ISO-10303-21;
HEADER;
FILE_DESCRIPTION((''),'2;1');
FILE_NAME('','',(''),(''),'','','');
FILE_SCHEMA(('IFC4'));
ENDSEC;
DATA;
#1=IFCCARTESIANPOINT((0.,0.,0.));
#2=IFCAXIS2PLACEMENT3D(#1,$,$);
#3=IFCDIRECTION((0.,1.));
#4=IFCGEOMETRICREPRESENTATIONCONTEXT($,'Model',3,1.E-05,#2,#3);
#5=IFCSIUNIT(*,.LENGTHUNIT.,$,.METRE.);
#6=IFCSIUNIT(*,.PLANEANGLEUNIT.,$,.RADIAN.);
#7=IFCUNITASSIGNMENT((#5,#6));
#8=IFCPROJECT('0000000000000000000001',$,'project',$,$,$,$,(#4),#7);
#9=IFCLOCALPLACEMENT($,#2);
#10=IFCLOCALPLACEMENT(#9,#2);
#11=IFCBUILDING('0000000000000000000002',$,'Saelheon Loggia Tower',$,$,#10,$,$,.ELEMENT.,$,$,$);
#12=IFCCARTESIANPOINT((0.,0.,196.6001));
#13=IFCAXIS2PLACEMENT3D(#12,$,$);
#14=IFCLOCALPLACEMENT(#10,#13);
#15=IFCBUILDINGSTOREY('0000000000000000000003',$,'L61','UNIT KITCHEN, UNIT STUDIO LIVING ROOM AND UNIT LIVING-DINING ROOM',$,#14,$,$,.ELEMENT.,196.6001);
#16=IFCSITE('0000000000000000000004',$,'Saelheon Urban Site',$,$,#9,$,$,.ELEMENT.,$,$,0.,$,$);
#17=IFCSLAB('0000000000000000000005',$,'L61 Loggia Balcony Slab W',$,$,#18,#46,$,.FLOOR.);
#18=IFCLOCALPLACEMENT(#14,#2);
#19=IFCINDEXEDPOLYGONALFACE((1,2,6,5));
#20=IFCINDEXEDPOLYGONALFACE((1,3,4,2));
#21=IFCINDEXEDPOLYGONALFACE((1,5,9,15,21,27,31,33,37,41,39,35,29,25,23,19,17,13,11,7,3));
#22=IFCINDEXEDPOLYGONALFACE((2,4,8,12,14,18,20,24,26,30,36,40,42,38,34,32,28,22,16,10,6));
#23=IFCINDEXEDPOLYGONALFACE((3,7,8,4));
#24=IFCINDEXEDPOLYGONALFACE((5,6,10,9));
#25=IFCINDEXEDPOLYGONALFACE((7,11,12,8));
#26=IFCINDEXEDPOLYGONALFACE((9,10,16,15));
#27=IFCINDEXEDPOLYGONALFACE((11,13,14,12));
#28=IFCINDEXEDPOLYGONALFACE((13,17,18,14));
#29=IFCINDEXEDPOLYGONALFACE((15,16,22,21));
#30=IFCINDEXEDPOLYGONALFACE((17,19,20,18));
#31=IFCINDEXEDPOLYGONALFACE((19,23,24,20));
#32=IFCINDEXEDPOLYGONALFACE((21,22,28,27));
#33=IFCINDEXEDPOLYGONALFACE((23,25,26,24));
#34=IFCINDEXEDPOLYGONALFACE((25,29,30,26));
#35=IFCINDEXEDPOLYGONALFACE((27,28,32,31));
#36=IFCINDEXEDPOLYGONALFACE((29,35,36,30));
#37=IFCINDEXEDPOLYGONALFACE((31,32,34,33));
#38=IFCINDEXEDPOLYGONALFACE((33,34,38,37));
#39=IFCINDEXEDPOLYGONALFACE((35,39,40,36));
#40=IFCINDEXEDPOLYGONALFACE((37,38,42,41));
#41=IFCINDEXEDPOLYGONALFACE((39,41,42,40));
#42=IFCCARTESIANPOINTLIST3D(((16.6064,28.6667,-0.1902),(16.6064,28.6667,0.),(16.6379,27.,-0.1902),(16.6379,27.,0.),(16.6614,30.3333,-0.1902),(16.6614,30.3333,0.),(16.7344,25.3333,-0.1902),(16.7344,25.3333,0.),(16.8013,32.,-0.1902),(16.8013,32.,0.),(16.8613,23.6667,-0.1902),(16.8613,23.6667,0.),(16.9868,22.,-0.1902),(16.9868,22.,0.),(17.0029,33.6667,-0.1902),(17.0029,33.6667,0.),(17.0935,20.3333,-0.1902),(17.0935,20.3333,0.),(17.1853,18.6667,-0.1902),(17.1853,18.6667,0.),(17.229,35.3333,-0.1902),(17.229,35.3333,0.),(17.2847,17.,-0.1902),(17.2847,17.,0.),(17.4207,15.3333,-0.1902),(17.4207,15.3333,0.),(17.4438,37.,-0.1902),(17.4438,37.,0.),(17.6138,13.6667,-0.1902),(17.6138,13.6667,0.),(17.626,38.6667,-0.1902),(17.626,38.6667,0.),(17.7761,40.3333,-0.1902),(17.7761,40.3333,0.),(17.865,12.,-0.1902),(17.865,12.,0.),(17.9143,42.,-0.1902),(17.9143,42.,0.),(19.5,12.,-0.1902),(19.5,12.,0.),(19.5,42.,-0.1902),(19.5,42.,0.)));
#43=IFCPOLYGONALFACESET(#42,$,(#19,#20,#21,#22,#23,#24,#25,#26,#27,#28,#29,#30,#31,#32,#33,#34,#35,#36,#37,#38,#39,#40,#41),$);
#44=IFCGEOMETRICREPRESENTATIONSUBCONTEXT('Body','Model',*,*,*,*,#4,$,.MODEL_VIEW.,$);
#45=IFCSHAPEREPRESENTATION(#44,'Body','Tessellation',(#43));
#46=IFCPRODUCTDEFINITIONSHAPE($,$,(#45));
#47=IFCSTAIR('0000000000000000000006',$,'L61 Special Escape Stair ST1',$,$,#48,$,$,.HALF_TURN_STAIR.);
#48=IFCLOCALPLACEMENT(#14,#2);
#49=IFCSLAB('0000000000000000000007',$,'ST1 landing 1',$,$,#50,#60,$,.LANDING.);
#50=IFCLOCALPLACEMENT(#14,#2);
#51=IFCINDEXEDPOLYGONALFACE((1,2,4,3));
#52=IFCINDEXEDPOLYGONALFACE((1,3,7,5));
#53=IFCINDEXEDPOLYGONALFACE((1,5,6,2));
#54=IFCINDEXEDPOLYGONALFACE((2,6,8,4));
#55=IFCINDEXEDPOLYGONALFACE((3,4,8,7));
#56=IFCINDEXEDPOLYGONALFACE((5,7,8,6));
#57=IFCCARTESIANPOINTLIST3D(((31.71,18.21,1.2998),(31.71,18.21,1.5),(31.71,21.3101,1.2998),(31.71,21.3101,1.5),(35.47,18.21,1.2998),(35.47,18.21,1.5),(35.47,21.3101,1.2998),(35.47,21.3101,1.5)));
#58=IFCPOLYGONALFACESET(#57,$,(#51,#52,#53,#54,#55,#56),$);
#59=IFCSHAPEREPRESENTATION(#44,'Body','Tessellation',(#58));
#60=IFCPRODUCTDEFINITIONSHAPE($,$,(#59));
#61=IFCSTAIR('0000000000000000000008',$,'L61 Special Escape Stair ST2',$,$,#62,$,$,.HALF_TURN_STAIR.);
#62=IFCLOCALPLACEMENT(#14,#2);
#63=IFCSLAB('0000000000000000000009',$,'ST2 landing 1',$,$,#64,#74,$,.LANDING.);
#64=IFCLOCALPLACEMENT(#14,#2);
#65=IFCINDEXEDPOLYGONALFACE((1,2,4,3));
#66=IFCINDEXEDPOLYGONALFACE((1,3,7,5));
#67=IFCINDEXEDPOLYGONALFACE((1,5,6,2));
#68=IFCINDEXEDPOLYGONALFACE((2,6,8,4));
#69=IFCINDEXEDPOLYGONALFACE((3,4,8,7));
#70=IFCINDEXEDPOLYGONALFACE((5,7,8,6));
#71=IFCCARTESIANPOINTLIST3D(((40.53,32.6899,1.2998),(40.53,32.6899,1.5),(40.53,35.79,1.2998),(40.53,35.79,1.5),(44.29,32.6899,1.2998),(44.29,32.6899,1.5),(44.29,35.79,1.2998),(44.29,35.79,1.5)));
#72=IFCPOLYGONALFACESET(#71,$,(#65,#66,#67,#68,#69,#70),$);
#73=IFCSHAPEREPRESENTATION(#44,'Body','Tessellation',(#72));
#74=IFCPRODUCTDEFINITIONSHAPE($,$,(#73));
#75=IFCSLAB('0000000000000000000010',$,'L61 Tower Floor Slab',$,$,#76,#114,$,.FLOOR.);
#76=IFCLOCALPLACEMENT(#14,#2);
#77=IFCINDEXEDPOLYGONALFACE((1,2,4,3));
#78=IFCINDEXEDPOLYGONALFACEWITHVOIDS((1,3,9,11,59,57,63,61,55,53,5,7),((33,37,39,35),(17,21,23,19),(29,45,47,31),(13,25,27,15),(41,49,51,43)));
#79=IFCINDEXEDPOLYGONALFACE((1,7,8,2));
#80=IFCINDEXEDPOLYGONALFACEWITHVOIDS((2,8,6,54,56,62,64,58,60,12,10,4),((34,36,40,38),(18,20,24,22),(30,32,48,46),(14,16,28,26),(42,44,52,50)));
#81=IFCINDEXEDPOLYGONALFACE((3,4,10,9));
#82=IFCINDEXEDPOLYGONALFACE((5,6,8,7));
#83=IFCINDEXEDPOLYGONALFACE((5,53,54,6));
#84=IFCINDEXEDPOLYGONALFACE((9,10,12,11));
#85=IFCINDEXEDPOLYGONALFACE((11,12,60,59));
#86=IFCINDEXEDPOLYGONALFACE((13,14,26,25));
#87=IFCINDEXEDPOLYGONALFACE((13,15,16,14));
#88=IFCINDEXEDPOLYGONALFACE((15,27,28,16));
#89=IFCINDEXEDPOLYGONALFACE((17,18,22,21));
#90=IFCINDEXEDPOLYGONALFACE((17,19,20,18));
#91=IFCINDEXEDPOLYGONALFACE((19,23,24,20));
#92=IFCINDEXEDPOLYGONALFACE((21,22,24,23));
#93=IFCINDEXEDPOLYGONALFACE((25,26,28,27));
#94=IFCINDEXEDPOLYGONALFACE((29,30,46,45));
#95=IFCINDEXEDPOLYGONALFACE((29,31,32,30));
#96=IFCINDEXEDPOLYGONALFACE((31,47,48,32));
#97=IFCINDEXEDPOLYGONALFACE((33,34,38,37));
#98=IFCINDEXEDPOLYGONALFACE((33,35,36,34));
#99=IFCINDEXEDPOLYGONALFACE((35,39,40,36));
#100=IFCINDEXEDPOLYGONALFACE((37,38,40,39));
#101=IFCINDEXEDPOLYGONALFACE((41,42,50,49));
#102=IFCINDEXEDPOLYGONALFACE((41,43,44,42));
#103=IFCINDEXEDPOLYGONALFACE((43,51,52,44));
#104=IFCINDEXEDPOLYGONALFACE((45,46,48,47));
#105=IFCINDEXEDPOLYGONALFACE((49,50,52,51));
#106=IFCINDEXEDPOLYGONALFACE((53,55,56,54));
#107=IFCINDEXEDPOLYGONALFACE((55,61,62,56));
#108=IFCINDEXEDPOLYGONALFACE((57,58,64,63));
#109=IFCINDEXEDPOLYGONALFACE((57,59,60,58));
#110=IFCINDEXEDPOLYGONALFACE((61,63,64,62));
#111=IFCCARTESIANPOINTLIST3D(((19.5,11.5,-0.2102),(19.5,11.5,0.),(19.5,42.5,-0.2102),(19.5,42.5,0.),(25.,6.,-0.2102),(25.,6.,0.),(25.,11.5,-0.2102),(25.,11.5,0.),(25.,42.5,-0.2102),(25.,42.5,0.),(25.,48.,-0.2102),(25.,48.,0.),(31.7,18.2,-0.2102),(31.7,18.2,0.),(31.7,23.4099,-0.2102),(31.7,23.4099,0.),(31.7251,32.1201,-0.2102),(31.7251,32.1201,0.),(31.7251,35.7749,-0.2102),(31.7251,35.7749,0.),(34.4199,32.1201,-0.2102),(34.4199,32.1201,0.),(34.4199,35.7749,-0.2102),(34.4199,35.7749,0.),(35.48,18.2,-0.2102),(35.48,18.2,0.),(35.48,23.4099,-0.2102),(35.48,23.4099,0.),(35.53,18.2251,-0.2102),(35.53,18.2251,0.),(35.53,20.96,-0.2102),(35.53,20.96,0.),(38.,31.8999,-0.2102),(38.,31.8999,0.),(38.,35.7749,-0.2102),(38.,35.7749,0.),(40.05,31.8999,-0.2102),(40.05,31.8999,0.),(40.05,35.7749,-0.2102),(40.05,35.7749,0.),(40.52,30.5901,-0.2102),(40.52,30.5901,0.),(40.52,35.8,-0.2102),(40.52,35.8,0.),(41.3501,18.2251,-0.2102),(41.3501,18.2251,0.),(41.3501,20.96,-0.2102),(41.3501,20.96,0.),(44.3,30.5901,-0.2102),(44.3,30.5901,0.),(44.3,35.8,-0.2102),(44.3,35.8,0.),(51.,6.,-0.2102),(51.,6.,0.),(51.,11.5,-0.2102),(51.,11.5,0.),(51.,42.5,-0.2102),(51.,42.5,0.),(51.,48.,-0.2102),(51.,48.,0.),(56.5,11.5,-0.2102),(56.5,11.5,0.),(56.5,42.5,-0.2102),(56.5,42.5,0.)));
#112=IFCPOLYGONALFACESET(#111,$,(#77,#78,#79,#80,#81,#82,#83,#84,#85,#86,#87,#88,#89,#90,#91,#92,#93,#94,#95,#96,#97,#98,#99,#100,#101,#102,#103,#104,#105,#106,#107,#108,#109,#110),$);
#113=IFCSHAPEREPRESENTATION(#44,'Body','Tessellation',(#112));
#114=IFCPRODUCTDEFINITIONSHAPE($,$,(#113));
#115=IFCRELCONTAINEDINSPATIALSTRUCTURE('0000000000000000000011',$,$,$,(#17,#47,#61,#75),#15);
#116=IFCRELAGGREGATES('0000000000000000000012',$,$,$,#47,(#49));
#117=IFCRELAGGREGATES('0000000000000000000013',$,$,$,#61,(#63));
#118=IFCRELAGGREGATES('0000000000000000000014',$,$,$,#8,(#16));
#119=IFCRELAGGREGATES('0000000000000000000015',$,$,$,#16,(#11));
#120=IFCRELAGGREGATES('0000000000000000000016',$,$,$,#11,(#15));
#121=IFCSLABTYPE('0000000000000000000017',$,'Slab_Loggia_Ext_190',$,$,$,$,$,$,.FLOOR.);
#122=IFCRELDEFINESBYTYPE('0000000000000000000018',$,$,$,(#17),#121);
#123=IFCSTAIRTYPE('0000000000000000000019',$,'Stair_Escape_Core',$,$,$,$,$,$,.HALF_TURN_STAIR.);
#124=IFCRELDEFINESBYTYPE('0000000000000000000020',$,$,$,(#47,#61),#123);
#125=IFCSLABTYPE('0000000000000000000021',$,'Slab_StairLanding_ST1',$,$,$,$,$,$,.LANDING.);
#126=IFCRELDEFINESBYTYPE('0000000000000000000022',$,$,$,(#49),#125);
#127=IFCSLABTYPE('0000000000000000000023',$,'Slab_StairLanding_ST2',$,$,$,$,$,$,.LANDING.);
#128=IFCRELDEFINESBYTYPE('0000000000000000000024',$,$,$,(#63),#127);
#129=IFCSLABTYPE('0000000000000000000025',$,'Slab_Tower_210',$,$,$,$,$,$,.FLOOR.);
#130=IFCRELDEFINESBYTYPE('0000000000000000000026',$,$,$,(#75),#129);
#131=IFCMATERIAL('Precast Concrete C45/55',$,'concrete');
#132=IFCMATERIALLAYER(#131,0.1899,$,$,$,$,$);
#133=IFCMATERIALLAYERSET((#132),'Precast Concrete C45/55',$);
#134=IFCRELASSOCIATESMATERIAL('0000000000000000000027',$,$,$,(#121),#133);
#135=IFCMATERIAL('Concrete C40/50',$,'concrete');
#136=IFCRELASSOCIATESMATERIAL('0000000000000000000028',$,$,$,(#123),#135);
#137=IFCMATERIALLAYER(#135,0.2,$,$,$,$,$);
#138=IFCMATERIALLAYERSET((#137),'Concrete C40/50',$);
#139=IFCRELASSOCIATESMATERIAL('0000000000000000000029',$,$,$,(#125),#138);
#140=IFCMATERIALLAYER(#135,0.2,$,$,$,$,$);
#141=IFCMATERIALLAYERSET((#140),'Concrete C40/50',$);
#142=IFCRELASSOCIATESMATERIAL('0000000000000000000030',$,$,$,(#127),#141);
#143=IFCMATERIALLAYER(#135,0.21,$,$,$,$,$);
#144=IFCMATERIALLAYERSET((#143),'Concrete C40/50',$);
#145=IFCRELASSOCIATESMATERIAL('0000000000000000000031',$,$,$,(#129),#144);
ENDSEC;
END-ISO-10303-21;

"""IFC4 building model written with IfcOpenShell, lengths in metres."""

from ifc_helpers import new_model, si_unit, direction, frame, origin, place, context, subcontext, project, spatial, polyline, outline, extrude, material, layer, layer_set, type_object, element, aggregate, save


model = new_model("IFC4")

# Units and contexts
model_context = context("Model", 3, precision=1e-05, world=origin(), true_north=direction((0.0, 1.0)))
body_context = subcontext(model_context, "Body", "Model", "MODEL_VIEW")
ifc_project = project(units=[si_unit("LENGTHUNIT", "METRE"), si_unit("PLANEANGLEUNIT", "RADIAN")], contexts=[model_context])

# Site, building, storey
site_placement = place(None, origin())
site = spatial("IfcSite", under=ifc_project, at=site_placement, Name="Saelheon Urban Site", CompositionType="ELEMENT", RefElevation=0.0)
building_placement = place(site_placement, origin())
building = spatial("IfcBuilding", under=site, at=building_placement, Name="Saelheon Loggia Tower", CompositionType="ELEMENT")
storey_placement = place(building_placement, frame((0.0, 0.0, 196.6001)))
storey = spatial("IfcBuildingStorey", under=building, at=storey_placement, Name="L61", Description="UNIT KITCHEN, UNIT STUDIO LIVING ROOM AND UNIT LIVING-DINING ROOM", CompositionType="ELEMENT", Elevation=196.6001)

# Shared definitions
ifc_material_1 = material(Name="Concrete C40/50", Category="concrete")

# Slab
ifc_material_2 = material(Name="Precast Concrete C45/55", Category="concrete")
ifc_layer_1 = layer(ifc_material_2, 0.1899)
ifc_layer_set_1 = layer_set([ifc_layer_1], Name="Precast Concrete C45/55")
slab_type_1 = type_object("IfcSlabType", Name="Slab_Loggia_Ext_190", PredefinedType="FLOOR", material=ifc_layer_set_1)
slab_1_placement = place(storey_placement, frame((0.0, 0.0, -0.1902)))
element("IfcSlab", 1, at=slab_1_placement, inside=storey, type_object=slab_type_1, Name="L61 Loggia Balcony Slab W", PredefinedType="FLOOR", context=body_context, shape_type="SweptSolid", body=[
    extrude(outline(polyline([(19.5, 12.0), (19.5, 42.0), (17.9143, 42.0), (17.7761, 40.3333), (17.626, 38.6667), (17.4438, 37.0), (17.229, 35.3333), (17.0029, 33.6667), (16.8013, 32.0), (16.6614, 30.3333), (16.6064, 28.6667), (16.6379, 27.0), (16.7344, 25.3333), (16.8613, 23.6667), (16.9868, 22.0), (17.0935, 20.3333), (17.1853, 18.6667), (17.2847, 17.0), (17.4207, 15.3333), (17.6138, 13.6667), (17.865, 12.0), (19.5, 12.0)])), origin(), (0.0, 0.0, 1.0), 0.1902),
])

# Stairs, slabs
stair_type = type_object("IfcStairType", Name="Stair_Escape_Core", PredefinedType="HALF_TURN_STAIR", material=ifc_material_1)
stair_1_placement = place(storey_placement, origin())
stair_1 = element("IfcStair", 2, at=stair_1_placement, inside=storey, type_object=stair_type, Name="L61 Special Escape Stair ST1", PredefinedType="HALF_TURN_STAIR")
ifc_layer_2 = layer(ifc_material_1, 0.2)
ifc_layer_set_2 = layer_set([ifc_layer_2], Name="Concrete C40/50")
slab_type_2 = type_object("IfcSlabType", Name="Slab_StairLanding_ST1", PredefinedType="LANDING", material=ifc_layer_set_2)
slab_2_placement = place(storey_placement, frame((0.0, 0.0, 1.2998)))
slab_2 = element("IfcSlab", 3, at=slab_2_placement, type_object=slab_type_2, Name="ST1 landing 1", PredefinedType="LANDING", context=body_context, shape_type="SweptSolid", body=[
    extrude(outline(polyline([(31.71, 21.3101), (31.71, 18.21), (35.47, 18.21), (35.47, 21.3101), (31.71, 21.3101)])), origin(), (0.0, 0.0, 1.0), 0.2002),
])
aggregate(stair_1, [slab_2])
stair_2_placement = place(storey_placement, origin())
stair_2 = element("IfcStair", 4, at=stair_2_placement, inside=storey, type_object=stair_type, Name="L61 Special Escape Stair ST2", PredefinedType="HALF_TURN_STAIR")
ifc_layer_3 = layer(ifc_material_1, 0.2)
ifc_layer_set_3 = layer_set([ifc_layer_3], Name="Concrete C40/50")
slab_type_3 = type_object("IfcSlabType", Name="Slab_StairLanding_ST2", PredefinedType="LANDING", material=ifc_layer_set_3)
slab_3_placement = place(storey_placement, frame((0.0, 0.0, 1.2998)))
slab_3 = element("IfcSlab", 5, at=slab_3_placement, type_object=slab_type_3, Name="ST2 landing 1", PredefinedType="LANDING", context=body_context, shape_type="SweptSolid", body=[
    extrude(outline(polyline([(44.29, 32.6899), (44.29, 35.79), (40.53, 35.79), (40.53, 32.6899), (44.29, 32.6899)])), origin(), (0.0, 0.0, 1.0), 0.2002),
])
aggregate(stair_2, [slab_3])

# Slab
ifc_layer_4 = layer(ifc_material_1, 0.21)
ifc_layer_set_4 = layer_set([ifc_layer_4], Name="Concrete C40/50")
slab_type_4 = type_object("IfcSlabType", Name="Slab_Tower_210", PredefinedType="FLOOR", material=ifc_layer_set_4)
slab_4_placement = place(storey_placement, frame((0.0, 0.0, -0.2102)))
element("IfcSlab", 6, at=slab_4_placement, inside=storey, type_object=slab_type_4, Name="L61 Tower Floor Slab", PredefinedType="FLOOR", context=body_context, shape_type="SweptSolid", body=[
    extrude(outline(polyline([(25.0, 6.0), (51.0, 6.0), (51.0, 11.5), (56.5, 11.5), (56.5, 42.5), (51.0, 42.5), (51.0, 48.0), (25.0, 48.0), (25.0, 42.5), (19.5, 42.5), (19.5, 11.5), (25.0, 11.5), (25.0, 6.0)]), holes=[polyline([(31.7, 23.4099), (31.7, 18.2), (35.48, 18.2), (35.48, 23.4099), (31.7, 23.4099)]), polyline([(44.3, 30.5901), (44.3, 35.8), (40.52, 35.8), (40.52, 30.5901), (44.3, 30.5901)]), polyline([(35.53, 18.2251), (41.3501, 18.2251), (41.3501, 20.96), (35.53, 20.96), (35.53, 18.2251)]), polyline([(31.7251, 32.1201), (34.4199, 32.1201), (34.4199, 35.7749), (31.7251, 35.7749), (31.7251, 32.1201)]), polyline([(38.0, 31.8999), (40.05, 31.8999), (40.05, 35.7749), (38.0, 35.7749), (38.0, 31.8999)])]), origin(), (0.0, 0.0, 1.0), 0.2102),
])

save(model, "model.ifc")
